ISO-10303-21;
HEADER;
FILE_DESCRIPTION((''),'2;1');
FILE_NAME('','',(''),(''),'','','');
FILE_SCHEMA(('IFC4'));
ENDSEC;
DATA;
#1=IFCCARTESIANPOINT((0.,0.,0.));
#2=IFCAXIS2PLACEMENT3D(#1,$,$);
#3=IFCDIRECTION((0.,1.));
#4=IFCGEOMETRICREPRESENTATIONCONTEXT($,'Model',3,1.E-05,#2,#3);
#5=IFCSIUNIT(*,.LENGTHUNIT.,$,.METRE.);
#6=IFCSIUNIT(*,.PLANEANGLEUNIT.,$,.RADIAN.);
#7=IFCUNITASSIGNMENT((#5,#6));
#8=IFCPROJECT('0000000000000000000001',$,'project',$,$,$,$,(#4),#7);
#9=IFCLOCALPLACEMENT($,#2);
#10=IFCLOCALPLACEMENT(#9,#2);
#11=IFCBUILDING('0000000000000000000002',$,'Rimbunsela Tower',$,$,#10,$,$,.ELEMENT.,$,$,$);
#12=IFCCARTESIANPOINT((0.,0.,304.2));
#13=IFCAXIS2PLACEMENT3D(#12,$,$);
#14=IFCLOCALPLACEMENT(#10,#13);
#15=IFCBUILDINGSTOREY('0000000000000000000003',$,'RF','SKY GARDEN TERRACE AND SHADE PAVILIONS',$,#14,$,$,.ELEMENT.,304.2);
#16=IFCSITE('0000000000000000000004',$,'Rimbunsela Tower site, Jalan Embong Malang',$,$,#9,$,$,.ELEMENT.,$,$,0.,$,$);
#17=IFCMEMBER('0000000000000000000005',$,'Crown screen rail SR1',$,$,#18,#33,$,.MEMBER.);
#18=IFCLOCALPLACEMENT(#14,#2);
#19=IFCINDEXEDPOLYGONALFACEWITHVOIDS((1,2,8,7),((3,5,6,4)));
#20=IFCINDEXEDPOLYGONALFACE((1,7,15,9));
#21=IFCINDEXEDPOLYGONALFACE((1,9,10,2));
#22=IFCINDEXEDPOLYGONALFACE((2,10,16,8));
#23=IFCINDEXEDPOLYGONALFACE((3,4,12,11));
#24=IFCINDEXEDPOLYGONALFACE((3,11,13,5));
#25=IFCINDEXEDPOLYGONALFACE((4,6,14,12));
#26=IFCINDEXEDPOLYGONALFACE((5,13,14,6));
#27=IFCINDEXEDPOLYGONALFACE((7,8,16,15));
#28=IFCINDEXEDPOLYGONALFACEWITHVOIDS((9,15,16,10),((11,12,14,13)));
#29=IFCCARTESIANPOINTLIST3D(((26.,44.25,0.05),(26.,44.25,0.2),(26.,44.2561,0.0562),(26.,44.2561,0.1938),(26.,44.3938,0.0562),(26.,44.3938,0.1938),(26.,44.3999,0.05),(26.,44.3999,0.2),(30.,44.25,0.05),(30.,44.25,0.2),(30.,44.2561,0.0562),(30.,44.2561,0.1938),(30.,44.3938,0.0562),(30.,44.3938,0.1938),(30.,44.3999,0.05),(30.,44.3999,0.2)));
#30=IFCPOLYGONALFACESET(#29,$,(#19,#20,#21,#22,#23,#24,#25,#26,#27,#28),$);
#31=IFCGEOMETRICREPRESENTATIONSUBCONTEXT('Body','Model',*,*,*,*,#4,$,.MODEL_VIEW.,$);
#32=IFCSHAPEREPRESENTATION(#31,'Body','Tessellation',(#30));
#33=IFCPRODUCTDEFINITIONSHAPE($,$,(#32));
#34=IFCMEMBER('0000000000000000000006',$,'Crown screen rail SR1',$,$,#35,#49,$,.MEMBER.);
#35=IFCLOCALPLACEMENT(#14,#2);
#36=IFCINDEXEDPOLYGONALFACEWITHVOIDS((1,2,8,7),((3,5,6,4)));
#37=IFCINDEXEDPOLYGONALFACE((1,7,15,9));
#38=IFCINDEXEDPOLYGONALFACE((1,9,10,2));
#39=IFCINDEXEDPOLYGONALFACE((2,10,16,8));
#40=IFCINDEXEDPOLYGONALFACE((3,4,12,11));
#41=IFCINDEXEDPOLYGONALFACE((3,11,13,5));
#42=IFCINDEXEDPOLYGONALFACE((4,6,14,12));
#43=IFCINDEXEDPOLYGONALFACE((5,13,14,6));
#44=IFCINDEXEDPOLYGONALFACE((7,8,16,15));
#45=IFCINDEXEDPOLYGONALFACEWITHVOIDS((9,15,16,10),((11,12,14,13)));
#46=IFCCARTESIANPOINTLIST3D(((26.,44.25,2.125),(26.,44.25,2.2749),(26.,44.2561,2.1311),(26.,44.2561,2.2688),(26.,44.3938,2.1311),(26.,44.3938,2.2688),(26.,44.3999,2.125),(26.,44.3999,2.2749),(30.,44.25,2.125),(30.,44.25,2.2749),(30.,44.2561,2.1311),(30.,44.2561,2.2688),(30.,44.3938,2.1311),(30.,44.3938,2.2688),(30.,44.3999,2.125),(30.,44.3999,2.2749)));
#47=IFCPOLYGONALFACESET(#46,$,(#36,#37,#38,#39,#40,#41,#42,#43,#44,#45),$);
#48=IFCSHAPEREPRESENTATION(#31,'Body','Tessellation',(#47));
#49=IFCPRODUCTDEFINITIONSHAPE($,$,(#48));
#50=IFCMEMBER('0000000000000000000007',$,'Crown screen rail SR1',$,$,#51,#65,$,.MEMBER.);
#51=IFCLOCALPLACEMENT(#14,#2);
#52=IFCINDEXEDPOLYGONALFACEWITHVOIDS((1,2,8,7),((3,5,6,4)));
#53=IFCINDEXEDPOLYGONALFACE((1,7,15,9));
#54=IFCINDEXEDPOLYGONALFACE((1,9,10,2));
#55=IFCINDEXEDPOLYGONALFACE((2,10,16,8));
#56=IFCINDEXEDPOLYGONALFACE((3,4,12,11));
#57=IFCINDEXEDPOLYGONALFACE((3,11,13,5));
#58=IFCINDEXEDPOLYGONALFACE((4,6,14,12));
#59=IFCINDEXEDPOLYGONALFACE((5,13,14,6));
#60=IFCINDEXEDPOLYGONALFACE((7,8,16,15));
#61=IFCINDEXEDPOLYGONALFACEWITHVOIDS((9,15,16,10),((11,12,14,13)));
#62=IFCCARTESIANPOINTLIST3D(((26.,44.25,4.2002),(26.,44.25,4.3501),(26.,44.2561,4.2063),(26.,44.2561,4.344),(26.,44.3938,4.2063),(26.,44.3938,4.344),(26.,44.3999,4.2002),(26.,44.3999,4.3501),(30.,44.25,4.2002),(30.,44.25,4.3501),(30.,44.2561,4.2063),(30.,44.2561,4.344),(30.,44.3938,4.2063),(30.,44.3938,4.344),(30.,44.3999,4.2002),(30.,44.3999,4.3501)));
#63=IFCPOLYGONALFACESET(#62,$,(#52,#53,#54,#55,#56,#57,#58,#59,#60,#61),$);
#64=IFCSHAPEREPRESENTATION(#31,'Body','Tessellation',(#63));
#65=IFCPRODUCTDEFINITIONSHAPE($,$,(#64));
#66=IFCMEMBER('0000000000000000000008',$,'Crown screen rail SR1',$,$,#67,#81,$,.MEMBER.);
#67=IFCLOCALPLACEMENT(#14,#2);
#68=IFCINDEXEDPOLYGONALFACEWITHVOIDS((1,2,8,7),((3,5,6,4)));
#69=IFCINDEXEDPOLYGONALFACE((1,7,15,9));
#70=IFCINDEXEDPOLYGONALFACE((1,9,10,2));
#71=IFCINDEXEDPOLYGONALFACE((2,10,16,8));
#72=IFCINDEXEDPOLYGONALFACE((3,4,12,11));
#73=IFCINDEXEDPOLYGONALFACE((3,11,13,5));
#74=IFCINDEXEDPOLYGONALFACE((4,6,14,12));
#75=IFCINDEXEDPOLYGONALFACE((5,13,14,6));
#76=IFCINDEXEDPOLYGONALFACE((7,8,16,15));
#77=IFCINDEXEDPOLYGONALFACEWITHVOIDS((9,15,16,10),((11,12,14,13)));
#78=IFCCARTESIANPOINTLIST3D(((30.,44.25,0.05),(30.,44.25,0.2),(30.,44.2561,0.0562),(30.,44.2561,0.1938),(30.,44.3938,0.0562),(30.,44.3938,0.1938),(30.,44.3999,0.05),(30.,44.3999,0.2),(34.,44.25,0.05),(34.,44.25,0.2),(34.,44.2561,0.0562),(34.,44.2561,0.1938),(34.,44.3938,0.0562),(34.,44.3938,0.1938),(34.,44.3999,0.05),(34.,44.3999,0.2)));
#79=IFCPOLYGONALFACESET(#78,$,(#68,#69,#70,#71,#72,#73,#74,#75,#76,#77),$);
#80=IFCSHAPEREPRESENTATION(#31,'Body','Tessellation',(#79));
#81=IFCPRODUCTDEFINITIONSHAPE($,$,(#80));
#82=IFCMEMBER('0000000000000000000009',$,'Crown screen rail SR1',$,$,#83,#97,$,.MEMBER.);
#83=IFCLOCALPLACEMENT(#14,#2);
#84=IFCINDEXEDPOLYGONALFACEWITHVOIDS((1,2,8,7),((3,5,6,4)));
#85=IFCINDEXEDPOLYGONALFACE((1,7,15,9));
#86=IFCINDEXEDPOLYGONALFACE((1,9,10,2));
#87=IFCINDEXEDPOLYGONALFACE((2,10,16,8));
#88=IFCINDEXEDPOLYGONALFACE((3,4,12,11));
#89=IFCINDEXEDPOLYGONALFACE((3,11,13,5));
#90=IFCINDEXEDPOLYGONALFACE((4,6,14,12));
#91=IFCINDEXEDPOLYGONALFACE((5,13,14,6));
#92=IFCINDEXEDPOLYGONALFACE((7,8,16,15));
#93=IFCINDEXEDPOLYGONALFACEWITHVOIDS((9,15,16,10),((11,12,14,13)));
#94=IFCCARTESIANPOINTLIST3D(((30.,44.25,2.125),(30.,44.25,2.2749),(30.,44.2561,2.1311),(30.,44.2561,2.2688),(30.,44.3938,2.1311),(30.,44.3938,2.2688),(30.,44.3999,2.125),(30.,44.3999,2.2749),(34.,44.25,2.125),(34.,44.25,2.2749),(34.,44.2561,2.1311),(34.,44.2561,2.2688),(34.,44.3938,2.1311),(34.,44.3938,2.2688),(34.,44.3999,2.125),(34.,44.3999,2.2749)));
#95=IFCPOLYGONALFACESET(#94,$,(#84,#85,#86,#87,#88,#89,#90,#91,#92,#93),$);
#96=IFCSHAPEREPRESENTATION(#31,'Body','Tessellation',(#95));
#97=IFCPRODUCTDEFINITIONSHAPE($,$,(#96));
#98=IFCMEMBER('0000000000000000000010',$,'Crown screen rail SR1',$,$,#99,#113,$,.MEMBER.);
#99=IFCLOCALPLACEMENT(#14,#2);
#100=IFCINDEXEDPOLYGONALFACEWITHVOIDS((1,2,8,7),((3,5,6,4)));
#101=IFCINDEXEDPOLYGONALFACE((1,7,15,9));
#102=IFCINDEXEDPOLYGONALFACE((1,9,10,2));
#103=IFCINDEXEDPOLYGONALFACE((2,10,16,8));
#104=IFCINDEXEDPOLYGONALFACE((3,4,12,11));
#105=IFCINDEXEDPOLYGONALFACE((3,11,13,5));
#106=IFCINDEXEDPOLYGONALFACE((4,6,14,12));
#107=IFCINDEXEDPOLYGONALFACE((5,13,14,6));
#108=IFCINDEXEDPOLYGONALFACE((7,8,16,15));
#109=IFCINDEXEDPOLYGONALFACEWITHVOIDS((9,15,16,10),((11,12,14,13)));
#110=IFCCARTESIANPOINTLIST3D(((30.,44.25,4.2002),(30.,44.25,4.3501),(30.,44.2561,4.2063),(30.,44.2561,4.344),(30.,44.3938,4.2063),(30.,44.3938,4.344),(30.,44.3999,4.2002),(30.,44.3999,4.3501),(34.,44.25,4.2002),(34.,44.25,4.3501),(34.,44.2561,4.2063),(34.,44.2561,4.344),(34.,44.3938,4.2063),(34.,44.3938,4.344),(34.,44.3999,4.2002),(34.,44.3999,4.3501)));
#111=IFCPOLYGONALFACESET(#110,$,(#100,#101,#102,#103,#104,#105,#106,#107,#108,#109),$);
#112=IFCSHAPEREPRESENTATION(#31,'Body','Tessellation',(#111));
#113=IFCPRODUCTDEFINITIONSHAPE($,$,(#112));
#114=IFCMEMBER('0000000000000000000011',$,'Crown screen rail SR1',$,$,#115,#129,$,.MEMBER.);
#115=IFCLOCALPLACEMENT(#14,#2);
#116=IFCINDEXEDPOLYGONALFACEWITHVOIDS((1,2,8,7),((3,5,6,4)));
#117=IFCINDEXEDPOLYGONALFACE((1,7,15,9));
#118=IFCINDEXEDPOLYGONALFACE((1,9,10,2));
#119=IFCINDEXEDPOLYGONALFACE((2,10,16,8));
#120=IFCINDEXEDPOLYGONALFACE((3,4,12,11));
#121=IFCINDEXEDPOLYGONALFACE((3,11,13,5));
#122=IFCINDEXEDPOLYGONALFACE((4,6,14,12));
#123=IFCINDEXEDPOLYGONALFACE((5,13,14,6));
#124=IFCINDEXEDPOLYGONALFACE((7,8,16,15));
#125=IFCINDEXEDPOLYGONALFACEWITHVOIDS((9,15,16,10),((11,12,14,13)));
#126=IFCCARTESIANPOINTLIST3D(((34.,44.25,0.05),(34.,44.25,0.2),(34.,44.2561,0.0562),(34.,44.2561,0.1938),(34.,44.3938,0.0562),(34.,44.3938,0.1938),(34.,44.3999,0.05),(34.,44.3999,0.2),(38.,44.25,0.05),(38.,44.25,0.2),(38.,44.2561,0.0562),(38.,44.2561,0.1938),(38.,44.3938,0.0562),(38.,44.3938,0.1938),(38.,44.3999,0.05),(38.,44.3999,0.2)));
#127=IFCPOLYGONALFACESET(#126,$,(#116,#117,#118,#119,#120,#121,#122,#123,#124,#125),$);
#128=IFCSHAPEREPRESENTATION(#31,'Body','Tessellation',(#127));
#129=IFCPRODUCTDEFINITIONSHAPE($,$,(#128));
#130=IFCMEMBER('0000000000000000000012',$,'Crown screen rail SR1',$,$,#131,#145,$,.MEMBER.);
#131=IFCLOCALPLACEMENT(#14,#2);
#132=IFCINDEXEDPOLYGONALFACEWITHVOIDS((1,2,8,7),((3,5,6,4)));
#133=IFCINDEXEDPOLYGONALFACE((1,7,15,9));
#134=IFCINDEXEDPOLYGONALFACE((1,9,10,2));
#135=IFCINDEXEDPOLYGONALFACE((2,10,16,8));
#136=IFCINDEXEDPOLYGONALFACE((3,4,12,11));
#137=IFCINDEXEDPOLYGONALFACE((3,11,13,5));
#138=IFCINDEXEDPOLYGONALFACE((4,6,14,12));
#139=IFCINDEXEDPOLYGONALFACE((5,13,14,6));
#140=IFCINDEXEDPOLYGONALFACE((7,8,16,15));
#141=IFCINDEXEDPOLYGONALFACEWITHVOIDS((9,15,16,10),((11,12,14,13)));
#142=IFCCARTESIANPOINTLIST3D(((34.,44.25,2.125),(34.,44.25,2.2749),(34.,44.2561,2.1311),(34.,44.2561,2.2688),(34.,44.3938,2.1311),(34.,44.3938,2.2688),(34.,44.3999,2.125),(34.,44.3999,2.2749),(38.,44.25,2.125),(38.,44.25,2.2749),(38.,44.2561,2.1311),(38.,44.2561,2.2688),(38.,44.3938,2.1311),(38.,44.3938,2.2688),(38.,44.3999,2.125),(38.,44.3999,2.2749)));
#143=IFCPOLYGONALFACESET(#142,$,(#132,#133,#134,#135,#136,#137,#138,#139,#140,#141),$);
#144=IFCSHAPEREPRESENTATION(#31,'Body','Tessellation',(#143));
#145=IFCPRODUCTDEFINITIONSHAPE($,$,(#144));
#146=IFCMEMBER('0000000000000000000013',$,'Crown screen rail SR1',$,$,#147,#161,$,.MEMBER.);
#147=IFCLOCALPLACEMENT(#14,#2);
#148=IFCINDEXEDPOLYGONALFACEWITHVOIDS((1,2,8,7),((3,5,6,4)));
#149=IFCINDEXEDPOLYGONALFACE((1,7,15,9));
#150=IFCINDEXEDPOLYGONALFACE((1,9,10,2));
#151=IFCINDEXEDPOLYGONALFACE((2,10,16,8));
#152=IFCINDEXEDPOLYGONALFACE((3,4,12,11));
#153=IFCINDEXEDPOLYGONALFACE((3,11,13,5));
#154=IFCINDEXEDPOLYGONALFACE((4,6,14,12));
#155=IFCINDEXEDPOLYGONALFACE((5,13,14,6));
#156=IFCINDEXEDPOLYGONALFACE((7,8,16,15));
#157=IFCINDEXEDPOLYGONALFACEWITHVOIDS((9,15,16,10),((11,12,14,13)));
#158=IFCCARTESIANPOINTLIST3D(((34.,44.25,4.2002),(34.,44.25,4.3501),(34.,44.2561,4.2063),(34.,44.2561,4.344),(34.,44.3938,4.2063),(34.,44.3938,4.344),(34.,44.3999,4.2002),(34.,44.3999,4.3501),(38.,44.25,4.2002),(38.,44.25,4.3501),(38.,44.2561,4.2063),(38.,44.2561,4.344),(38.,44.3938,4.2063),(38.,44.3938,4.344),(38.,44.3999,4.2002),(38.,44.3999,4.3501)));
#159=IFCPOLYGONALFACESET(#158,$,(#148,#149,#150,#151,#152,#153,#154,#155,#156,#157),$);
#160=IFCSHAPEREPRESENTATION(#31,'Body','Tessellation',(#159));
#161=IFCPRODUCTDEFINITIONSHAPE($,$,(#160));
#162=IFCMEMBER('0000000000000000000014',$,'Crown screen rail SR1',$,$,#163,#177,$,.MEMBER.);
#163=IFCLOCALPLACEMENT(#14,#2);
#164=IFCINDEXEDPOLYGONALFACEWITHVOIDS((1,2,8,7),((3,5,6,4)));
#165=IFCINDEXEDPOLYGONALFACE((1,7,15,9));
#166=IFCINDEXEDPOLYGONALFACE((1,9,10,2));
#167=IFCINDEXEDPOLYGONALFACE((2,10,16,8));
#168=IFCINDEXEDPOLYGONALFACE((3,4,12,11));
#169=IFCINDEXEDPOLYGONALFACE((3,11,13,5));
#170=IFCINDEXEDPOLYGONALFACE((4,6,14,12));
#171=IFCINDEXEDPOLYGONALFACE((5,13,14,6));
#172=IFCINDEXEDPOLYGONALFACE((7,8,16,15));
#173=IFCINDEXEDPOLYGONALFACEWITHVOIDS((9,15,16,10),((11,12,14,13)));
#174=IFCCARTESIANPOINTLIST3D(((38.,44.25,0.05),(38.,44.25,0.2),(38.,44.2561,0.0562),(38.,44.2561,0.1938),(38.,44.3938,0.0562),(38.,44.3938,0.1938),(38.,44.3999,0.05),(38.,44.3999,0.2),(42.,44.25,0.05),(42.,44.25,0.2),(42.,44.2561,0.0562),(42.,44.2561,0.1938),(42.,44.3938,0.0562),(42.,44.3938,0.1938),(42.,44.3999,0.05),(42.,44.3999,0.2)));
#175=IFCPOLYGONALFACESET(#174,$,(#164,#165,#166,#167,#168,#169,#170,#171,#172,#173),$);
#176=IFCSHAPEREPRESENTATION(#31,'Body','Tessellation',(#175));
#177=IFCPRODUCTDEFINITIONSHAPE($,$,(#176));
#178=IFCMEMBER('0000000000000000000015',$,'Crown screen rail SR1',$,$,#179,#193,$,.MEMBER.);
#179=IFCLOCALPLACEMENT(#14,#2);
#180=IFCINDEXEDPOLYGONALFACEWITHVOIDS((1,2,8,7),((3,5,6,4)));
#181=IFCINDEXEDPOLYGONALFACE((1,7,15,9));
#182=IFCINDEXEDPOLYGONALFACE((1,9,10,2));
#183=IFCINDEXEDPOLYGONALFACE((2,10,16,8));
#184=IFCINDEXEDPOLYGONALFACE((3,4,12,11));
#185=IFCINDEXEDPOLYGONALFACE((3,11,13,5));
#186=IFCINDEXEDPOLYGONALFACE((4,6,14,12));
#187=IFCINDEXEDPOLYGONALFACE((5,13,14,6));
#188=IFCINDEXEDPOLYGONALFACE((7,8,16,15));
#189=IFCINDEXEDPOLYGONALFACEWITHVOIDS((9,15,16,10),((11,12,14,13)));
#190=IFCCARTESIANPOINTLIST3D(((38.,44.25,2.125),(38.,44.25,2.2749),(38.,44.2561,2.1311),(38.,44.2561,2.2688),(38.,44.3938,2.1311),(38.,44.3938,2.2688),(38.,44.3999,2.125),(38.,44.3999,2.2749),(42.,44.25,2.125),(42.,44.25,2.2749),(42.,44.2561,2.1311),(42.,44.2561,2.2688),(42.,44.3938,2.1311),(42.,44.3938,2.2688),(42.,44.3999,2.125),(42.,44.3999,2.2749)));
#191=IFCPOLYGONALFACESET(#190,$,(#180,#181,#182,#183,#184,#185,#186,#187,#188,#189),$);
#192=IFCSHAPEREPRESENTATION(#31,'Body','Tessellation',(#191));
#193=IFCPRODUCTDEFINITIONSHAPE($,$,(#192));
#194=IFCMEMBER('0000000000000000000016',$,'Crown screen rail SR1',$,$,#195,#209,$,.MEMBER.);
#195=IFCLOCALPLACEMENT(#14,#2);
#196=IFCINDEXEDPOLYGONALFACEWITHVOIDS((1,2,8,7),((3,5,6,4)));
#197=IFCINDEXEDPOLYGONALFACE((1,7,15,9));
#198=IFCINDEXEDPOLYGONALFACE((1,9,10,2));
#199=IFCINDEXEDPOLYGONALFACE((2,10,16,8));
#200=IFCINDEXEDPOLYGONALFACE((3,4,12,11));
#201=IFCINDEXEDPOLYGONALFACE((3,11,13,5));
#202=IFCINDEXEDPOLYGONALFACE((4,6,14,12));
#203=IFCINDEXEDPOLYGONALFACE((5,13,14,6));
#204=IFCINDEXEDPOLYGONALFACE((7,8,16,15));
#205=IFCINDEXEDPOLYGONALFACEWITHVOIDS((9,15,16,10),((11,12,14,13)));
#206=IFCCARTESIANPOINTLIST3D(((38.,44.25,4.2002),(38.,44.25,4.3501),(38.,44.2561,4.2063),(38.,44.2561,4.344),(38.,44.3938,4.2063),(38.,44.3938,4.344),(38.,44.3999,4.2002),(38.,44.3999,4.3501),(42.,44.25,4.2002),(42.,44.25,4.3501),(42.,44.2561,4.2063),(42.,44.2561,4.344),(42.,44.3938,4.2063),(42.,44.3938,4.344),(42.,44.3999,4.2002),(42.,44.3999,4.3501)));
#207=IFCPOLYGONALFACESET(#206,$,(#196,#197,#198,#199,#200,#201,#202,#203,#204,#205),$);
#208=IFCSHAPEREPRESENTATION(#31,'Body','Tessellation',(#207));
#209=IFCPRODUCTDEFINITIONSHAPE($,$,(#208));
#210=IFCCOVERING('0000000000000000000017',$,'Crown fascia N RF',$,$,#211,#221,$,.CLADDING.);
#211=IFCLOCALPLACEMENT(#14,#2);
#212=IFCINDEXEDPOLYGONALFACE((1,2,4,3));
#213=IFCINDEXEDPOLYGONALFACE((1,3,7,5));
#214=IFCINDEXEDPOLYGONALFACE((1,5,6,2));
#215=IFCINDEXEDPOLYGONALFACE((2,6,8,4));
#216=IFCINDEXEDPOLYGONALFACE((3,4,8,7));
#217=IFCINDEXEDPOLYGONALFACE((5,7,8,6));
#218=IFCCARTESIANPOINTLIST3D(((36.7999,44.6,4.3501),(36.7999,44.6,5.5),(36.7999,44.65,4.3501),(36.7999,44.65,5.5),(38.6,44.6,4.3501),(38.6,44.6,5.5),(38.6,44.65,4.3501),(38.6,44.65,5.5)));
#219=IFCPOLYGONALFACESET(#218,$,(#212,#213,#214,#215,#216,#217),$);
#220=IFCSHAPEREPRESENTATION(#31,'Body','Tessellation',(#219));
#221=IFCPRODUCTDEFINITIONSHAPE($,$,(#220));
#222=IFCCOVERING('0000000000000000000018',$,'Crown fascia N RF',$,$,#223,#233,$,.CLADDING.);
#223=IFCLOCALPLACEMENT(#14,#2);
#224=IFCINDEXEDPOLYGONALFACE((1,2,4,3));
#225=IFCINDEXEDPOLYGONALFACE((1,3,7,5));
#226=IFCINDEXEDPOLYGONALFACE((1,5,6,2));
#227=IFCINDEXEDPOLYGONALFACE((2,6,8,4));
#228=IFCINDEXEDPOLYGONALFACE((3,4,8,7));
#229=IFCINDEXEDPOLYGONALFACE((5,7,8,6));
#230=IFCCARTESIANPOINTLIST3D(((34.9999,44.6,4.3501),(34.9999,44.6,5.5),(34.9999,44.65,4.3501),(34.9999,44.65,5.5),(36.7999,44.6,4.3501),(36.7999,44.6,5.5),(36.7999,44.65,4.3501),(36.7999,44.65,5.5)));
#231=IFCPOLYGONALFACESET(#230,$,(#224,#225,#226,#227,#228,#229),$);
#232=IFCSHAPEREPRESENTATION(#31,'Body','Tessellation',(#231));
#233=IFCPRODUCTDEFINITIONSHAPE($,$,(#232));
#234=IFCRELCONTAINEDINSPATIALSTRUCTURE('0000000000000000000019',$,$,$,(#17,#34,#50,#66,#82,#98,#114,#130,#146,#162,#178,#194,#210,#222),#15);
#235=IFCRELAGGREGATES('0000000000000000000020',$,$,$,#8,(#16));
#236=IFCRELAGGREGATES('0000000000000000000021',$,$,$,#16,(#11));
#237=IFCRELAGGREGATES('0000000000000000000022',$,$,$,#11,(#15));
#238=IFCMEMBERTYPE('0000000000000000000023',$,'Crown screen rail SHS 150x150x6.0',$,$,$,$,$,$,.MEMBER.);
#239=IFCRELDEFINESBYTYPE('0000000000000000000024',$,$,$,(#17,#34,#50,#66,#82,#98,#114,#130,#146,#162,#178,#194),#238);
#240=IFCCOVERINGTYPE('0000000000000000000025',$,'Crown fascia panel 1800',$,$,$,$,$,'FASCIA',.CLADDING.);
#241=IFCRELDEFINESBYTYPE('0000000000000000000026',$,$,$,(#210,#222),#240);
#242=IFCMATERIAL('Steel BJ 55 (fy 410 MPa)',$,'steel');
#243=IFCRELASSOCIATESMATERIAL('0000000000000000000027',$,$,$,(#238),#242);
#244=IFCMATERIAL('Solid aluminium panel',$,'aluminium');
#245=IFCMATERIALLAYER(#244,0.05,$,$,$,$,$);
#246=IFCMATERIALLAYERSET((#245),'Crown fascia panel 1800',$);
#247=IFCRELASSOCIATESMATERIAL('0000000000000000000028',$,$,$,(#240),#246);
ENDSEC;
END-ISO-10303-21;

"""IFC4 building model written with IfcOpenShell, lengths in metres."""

from ifc_helpers import new_model, si_unit, direction, frame, origin, origin_2d, place, context, subcontext, project, spatial, rectangle, hollow_rectangle, extrude, material, layer, layer_set, material_profile, profile_set, type_object, element, save


model = new_model("IFC4")

# Units and contexts
model_context = context("Model", 3, precision=1e-05, world=origin(), true_north=direction((0.0, 1.0)))
body_context = subcontext(model_context, "Body", "Model", "MODEL_VIEW")
ifc_project = project(units=[si_unit("LENGTHUNIT", "METRE"), si_unit("PLANEANGLEUNIT", "RADIAN")], contexts=[model_context])

# Site, building, storey
site_placement = place(None, origin())
site = spatial("IfcSite", under=ifc_project, at=site_placement, Name="Rimbunsela Tower site, Jalan Embong Malang", CompositionType="ELEMENT", RefElevation=0.0)
building_placement = place(site_placement, origin())
building = spatial("IfcBuilding", under=site, at=building_placement, Name="Rimbunsela Tower", CompositionType="ELEMENT")
storey_placement = place(building_placement, frame((0.0, 0.0, 304.2)))
storey = spatial("IfcBuildingStorey", under=building, at=storey_placement, Name="RF", Description="SKY GARDEN TERRACE AND SHADE PAVILIONS", CompositionType="ELEMENT", Elevation=304.2)

# Members
ifc_material_1 = material(Name="Steel BJ 55 (fy 410 MPa)", Category="steel")
ifc_material_profile_1 = material_profile(ifc_material_1, hollow_rectangle(XDim=0.1499, YDim=0.1499, WallThickness=0.0061, at=origin_2d()), Name="SHS 150x150x6.0")
ifc_profile_set_1 = profile_set([ifc_material_profile_1], Name="Steel BJ 55 (fy 410 MPa)")
member_type = type_object("IfcMemberType", Name="Crown screen rail SHS 150x150x6.0", PredefinedType="MEMBER", material=ifc_profile_set_1)
for number, where, z_axis, x_axis, name in (
    (1, (26.0, 44.325, 0.125), (1.0, 0.0, 0.0), (0.0, 1.0, 0.0), "Crown screen rail SR1"),
    (2, (26.0, 44.325, 2.2), (1.0, 0.0, 0.0), (0.0, 1.0, 0.0), "Crown screen rail SR1"),
    (3, (26.0, 44.325, 4.2751), (1.0, 0.0, 0.0), (0.0, 1.0, 0.0), "Crown screen rail SR1"),
    (4, (30.0, 44.325, 0.125), (1.0, 0.0, 0.0), (0.0, 1.0, 0.0), "Crown screen rail SR1"),
    (5, (30.0, 44.325, 2.2), (1.0, 0.0, 0.0), (0.0, 1.0, 0.0), "Crown screen rail SR1"),
    (6, (30.0, 44.325, 4.2751), (1.0, 0.0, 0.0), (0.0, 1.0, 0.0), "Crown screen rail SR1"),
    (7, (34.0, 44.325, 0.125), (1.0, 0.0, 0.0), (0.0, 1.0, 0.0), "Crown screen rail SR1"),
    (8, (34.0, 44.325, 2.2), (1.0, 0.0, 0.0), (0.0, 1.0, 0.0), "Crown screen rail SR1"),
    (9, (34.0, 44.325, 4.2751), (1.0, 0.0, 0.0), (0.0, 1.0, 0.0), "Crown screen rail SR1"),
    (10, (38.0, 44.325, 0.125), (1.0, 0.0, 0.0), (0.0, 1.0, 0.0), "Crown screen rail SR1"),
    (11, (38.0, 44.325, 2.2), (1.0, 0.0, 0.0), (0.0, 1.0, 0.0), "Crown screen rail SR1"),
    (12, (38.0, 44.325, 4.2751), (1.0, 0.0, 0.0), (0.0, 1.0, 0.0), "Crown screen rail SR1"),
):
    element("IfcMember", number, at=place(storey_placement, frame(where, z_axis=z_axis, x_axis=x_axis)), inside=storey, type_object=member_type, Name=name, PredefinedType="MEMBER", context=body_context, shape_type="SweptSolid", body=[
        extrude(hollow_rectangle(XDim=0.1499, YDim=0.1499, WallThickness=0.0061, at=origin_2d()), origin(), (0.0, 0.0, 1.0), 4.0),
    ])

# Coverings
ifc_material_2 = material(Name="Solid aluminium panel", Category="aluminium")
ifc_layer_1 = layer(ifc_material_2, 0.05)
ifc_layer_set_1 = layer_set([ifc_layer_1], Name="Crown fascia panel 1800")
covering_type = type_object("IfcCoveringType", Name="Crown fascia panel 1800", ElementType="FASCIA", PredefinedType="CLADDING", material=ifc_layer_set_1)
for number, where, z_axis, x_axis, name in (
    (13, (37.7, 44.625, 4.3501), (0.0, 0.0, 1.0), (1.0, 0.0, 0.0), "Crown fascia N RF"),
    (14, (35.8999, 44.625, 4.3501), (0.0, 0.0, 1.0), (1.0, 0.0, 0.0), "Crown fascia N RF"),
):
    element("IfcCovering", number, at=place(storey_placement, frame(where, z_axis=z_axis, x_axis=x_axis)), inside=storey, type_object=covering_type, Name=name, PredefinedType="CLADDING", context=body_context, shape_type="SweptSolid", body=[
        extrude(rectangle(XDim=1.8, YDim=0.05, at=origin_2d()), origin(), (0.0, 0.0, 1.0), 1.1499),
    ])

save(model, "model.ifc")
